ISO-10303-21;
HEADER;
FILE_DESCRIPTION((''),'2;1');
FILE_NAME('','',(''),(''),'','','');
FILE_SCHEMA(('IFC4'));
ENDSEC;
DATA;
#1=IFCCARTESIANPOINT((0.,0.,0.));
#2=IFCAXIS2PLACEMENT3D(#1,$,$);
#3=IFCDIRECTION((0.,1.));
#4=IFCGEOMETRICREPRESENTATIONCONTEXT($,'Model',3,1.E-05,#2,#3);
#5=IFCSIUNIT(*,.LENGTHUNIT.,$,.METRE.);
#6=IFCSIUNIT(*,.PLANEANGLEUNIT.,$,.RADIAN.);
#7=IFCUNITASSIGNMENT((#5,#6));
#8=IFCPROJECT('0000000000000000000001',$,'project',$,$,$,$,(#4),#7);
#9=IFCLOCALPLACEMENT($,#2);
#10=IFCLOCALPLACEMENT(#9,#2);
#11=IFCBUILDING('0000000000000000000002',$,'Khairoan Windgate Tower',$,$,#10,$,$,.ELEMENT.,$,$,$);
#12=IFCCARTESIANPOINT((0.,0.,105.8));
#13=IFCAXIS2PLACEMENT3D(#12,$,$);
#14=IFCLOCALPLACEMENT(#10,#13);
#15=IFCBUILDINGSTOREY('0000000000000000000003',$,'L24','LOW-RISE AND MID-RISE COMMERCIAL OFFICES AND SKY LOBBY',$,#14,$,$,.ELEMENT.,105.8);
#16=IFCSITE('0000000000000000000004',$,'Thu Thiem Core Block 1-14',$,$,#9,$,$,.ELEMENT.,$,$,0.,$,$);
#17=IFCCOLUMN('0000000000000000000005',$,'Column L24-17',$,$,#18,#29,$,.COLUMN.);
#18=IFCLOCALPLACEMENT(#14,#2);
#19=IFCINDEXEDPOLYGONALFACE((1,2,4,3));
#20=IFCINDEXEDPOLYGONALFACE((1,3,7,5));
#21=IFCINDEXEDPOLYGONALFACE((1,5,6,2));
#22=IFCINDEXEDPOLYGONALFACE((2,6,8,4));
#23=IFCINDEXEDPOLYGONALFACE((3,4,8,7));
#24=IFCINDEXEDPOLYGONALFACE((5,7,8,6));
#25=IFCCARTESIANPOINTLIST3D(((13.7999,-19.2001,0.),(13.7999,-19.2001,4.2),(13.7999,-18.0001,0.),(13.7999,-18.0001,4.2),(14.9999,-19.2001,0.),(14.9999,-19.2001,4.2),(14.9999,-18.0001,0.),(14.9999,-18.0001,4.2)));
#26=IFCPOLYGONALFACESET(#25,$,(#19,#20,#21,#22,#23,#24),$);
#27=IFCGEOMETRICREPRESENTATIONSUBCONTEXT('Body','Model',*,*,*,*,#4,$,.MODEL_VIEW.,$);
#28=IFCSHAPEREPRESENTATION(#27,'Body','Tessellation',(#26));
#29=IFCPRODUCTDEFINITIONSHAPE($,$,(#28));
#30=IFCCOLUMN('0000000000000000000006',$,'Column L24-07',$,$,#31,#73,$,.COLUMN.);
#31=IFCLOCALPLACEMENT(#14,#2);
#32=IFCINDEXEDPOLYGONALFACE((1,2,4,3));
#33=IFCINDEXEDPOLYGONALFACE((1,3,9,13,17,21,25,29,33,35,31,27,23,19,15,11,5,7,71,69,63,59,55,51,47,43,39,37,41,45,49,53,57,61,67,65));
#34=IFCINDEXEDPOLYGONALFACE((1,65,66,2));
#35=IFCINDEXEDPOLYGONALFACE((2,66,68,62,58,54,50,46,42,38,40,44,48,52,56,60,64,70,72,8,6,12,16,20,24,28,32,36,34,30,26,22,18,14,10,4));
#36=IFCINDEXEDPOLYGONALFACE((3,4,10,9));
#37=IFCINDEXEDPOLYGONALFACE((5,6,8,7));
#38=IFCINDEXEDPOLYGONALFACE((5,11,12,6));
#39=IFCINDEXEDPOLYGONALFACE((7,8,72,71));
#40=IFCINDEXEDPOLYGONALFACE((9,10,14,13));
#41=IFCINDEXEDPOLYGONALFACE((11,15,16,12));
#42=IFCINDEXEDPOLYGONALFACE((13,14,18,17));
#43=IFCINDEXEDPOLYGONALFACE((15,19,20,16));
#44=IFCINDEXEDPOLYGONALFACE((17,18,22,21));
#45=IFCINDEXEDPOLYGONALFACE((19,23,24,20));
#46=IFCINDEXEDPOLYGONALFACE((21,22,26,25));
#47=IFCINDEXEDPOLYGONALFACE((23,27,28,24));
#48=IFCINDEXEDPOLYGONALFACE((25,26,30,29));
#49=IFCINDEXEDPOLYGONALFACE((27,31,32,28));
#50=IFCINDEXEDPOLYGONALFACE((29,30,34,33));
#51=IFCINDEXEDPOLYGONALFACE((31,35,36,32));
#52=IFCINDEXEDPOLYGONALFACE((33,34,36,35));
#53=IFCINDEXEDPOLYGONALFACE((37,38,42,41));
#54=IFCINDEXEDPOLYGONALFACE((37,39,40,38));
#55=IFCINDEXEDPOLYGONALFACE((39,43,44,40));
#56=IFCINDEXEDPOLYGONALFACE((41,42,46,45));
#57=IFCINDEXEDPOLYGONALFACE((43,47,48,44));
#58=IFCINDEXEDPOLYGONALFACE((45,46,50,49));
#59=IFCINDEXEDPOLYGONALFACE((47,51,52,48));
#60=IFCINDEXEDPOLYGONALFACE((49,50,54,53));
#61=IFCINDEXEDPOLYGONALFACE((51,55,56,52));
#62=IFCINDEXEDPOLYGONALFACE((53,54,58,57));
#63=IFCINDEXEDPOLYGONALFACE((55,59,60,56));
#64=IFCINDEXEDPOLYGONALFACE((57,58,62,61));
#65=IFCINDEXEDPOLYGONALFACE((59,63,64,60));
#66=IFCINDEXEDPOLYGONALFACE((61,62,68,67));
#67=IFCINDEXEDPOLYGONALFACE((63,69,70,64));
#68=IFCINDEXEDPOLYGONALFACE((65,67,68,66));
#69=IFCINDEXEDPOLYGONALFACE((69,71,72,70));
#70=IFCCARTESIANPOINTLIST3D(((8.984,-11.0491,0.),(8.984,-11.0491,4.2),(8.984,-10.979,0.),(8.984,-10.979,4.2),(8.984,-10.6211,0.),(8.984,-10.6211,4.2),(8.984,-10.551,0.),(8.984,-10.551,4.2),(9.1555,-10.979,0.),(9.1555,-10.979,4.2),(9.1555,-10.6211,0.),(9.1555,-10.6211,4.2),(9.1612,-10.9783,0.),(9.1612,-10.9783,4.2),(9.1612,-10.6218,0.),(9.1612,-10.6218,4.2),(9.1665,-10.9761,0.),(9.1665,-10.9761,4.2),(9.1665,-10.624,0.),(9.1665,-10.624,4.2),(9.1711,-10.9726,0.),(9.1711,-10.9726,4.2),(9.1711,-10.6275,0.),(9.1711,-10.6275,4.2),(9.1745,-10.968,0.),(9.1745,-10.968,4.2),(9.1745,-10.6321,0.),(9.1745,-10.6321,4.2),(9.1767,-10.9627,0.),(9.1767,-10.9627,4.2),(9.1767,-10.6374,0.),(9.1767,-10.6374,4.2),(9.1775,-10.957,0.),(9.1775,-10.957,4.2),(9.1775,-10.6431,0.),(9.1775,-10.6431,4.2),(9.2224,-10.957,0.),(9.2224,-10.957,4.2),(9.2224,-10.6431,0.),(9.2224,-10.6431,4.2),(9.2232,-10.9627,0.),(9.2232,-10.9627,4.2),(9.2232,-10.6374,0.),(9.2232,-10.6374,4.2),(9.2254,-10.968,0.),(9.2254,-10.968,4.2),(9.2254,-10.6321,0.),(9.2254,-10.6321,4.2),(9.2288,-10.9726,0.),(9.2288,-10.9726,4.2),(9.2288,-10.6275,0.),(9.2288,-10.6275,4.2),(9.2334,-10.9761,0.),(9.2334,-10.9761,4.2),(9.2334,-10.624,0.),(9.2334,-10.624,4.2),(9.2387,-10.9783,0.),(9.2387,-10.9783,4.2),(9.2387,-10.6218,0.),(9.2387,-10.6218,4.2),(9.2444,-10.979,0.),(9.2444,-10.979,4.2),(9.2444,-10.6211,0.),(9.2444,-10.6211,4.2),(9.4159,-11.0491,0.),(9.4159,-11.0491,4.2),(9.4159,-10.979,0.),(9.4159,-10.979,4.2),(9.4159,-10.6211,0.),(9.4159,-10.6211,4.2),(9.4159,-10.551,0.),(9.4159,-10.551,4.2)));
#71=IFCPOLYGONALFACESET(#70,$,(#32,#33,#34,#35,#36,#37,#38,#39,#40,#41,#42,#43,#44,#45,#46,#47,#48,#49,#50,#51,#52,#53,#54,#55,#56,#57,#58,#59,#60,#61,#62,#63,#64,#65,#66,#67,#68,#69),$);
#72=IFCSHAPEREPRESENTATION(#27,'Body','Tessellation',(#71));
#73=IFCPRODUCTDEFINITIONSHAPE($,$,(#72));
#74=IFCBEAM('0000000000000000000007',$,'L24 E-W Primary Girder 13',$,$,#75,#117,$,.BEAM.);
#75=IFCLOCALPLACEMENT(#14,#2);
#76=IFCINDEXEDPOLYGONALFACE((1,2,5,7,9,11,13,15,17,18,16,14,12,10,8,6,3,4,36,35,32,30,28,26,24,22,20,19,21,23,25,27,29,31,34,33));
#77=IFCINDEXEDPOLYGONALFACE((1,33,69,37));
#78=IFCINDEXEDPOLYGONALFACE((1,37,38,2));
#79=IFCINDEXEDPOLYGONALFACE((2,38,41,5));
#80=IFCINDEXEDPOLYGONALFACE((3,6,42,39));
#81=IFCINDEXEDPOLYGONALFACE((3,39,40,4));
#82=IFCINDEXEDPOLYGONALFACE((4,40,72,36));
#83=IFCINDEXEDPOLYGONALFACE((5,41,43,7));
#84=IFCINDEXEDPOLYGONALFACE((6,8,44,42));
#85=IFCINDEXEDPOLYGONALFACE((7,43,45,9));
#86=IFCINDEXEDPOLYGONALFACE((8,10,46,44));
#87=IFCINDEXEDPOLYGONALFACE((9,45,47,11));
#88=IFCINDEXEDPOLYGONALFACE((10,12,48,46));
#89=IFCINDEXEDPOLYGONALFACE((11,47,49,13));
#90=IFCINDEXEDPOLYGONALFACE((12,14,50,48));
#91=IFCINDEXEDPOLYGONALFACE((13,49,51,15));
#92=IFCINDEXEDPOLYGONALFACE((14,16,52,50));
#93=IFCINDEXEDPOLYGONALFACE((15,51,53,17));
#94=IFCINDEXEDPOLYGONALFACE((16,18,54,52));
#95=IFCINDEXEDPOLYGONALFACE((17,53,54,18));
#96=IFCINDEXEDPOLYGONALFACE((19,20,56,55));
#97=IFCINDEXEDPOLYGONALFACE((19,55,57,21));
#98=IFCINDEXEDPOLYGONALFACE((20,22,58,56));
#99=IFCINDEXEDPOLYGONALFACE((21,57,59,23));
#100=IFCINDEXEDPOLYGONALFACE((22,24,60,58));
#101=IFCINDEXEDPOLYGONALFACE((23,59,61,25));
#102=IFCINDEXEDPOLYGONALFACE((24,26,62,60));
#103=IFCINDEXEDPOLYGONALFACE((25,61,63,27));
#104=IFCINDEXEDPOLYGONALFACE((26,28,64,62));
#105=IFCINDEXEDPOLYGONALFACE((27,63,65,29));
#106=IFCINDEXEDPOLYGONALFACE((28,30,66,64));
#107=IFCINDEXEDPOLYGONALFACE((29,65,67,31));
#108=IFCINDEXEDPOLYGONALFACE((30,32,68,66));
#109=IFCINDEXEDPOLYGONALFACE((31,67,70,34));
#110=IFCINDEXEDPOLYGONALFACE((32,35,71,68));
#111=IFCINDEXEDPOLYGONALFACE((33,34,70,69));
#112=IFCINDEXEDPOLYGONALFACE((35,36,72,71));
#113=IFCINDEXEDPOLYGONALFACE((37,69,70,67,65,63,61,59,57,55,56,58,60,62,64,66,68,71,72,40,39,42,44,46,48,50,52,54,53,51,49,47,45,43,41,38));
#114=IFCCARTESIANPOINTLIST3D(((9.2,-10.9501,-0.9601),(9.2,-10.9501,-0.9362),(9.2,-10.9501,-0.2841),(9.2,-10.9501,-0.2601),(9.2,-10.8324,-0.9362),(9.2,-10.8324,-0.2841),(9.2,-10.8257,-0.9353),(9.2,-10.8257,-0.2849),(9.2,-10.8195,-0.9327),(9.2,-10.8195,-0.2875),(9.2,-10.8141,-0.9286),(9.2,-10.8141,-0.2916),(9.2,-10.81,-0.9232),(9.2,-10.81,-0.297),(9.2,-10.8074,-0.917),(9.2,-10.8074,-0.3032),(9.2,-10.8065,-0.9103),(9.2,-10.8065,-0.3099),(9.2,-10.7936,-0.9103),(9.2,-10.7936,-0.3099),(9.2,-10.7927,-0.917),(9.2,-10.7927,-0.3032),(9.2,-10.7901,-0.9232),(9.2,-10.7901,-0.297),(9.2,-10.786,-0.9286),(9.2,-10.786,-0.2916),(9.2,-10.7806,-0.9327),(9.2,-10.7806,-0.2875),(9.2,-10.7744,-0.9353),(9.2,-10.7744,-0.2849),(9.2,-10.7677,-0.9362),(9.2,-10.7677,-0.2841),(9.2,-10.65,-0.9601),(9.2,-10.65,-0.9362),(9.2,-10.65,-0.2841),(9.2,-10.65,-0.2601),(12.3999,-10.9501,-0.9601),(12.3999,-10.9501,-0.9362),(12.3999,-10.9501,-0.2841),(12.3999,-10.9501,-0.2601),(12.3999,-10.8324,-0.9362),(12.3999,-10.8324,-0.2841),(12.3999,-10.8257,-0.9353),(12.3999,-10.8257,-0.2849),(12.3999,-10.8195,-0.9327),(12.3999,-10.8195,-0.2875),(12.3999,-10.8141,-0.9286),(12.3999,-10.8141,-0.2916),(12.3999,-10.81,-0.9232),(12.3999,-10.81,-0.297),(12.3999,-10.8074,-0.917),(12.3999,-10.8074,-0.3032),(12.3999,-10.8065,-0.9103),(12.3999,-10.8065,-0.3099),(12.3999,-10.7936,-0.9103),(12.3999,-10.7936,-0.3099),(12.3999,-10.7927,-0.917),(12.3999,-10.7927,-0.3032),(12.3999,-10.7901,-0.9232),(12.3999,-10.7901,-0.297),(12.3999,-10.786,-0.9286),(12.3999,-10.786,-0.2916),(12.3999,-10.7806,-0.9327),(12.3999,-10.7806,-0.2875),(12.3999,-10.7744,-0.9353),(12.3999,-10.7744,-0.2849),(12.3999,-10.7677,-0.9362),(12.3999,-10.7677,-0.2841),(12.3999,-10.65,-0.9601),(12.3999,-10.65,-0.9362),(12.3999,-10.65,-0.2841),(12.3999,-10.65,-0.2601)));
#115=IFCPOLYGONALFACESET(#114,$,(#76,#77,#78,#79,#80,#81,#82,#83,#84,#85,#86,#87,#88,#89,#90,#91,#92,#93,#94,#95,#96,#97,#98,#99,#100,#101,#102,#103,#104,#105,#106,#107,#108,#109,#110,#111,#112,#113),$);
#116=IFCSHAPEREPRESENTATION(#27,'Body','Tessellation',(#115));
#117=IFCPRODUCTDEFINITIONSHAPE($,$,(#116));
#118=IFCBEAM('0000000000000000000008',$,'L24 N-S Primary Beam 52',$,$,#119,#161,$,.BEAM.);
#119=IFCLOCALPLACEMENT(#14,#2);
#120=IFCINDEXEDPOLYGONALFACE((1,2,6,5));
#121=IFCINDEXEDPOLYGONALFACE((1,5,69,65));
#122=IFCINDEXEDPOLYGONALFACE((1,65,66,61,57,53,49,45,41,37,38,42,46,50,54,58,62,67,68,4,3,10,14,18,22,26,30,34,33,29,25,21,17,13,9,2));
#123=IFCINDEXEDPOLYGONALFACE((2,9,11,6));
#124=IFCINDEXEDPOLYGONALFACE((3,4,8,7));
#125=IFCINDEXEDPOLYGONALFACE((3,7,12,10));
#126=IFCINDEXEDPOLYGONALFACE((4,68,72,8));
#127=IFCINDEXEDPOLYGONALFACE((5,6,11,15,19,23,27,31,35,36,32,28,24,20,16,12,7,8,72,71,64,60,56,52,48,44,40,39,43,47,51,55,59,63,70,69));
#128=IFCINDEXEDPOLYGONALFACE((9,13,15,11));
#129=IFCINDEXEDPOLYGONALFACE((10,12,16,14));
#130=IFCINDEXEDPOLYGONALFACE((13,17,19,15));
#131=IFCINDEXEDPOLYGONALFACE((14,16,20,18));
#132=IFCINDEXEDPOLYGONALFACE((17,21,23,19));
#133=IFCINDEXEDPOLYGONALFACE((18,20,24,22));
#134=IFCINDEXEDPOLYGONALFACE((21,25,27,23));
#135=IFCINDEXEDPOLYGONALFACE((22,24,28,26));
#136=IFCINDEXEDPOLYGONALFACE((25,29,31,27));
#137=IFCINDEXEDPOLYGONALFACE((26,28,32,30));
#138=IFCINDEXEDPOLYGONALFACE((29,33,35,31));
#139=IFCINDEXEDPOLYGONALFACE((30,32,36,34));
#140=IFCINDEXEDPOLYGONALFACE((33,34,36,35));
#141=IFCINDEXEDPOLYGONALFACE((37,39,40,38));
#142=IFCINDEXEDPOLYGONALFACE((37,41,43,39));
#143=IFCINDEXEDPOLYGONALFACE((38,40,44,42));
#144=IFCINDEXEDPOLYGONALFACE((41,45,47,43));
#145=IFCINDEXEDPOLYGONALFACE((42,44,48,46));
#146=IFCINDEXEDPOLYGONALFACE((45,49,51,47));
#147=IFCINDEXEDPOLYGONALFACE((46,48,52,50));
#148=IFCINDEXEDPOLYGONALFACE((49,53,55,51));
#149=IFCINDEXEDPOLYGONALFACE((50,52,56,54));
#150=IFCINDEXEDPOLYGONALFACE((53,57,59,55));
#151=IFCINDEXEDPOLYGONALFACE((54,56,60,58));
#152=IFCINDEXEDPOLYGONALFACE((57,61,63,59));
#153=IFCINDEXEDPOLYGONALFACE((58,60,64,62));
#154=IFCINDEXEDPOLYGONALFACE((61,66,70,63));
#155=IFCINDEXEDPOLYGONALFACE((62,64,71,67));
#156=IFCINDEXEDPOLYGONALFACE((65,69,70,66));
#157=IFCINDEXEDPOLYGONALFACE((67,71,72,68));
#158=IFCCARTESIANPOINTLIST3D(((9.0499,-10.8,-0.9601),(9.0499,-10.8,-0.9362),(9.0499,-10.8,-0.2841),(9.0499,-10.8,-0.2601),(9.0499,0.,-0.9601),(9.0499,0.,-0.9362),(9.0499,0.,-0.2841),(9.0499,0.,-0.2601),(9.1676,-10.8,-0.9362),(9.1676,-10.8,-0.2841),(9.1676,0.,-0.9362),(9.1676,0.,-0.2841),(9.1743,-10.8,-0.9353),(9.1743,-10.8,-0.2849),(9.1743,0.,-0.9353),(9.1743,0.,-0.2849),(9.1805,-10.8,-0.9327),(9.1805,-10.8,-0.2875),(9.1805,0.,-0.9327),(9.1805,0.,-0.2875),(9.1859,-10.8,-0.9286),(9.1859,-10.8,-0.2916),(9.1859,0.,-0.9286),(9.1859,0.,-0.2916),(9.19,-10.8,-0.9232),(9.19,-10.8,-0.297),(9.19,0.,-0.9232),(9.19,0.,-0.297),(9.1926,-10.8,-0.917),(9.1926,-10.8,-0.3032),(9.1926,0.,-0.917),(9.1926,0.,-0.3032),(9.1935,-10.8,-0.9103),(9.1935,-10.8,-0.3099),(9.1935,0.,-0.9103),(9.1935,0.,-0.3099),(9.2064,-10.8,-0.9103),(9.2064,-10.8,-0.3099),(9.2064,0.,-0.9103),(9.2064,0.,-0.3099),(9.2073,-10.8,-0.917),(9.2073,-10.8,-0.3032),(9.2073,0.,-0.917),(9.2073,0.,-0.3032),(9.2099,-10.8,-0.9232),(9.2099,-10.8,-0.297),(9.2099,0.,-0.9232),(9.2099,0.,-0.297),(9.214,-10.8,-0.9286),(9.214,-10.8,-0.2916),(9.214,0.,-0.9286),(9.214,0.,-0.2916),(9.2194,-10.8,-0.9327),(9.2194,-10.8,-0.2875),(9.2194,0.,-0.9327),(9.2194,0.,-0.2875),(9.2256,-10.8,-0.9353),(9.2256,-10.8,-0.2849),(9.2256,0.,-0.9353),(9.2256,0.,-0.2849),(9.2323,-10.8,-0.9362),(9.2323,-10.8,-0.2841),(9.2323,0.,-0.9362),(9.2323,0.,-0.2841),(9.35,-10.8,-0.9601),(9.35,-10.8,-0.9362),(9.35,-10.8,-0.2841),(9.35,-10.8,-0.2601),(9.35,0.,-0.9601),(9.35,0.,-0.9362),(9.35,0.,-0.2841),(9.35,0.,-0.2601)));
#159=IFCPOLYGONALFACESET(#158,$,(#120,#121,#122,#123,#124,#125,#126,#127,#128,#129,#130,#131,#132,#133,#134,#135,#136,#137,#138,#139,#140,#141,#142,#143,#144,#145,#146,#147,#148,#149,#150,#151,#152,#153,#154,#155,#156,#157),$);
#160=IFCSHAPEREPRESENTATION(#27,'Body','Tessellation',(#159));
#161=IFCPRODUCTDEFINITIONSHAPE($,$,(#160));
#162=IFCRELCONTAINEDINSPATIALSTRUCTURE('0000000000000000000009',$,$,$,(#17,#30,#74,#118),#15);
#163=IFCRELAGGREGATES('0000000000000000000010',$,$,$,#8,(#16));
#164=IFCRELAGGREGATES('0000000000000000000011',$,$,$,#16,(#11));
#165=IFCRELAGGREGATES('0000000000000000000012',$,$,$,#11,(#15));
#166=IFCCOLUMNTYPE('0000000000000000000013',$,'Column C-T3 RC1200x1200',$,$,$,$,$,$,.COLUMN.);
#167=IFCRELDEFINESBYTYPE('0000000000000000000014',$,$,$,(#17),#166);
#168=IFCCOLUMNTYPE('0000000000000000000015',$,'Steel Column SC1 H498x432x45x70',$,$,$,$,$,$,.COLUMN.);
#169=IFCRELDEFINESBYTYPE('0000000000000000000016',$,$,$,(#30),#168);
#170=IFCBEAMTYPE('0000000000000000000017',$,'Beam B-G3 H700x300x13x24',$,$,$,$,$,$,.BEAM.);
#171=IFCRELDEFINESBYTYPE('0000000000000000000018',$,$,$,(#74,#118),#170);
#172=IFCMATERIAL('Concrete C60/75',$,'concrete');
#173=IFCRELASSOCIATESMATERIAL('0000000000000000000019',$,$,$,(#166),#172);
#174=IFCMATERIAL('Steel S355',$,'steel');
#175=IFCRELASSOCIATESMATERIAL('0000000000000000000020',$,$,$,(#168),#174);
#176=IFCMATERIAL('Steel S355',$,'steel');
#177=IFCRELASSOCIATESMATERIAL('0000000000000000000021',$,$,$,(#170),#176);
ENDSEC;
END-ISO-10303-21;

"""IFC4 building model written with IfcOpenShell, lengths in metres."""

from ifc_helpers import new_model, si_unit, direction, frame, origin, origin_2d, place, context, subcontext, project, spatial, rectangle, i_section, extrude, material, material_profile, profile_set, type_object, element, save


model = new_model("IFC4")

# Units and contexts
model_context = context("Model", 3, precision=1e-05, world=origin(), true_north=direction((0.0, 1.0)))
body_context = subcontext(model_context, "Body", "Model", "MODEL_VIEW")
ifc_project = project(units=[si_unit("LENGTHUNIT", "METRE"), si_unit("PLANEANGLEUNIT", "RADIAN")], contexts=[model_context])

# Site, building, storey
site_placement = place(None, origin())
site = spatial("IfcSite", under=ifc_project, at=site_placement, Name="Thu Thiem Core Block 1-14", CompositionType="ELEMENT", RefElevation=0.0)
building_placement = place(site_placement, origin())
building = spatial("IfcBuilding", under=site, at=building_placement, Name="Khairoan Windgate Tower", CompositionType="ELEMENT")
storey_placement = place(building_placement, frame((0.0, 0.0, 105.8)))
storey = spatial("IfcBuildingStorey", under=building, at=storey_placement, Name="L24", Description="LOW-RISE AND MID-RISE COMMERCIAL OFFICES AND SKY LOBBY", CompositionType="ELEMENT", Elevation=105.8)

# Columns
ifc_material_1 = material(Name="Concrete C60/75", Category="concrete")
ifc_material_profile_1 = material_profile(ifc_material_1, rectangle(XDim=1.2, YDim=1.2, at=origin_2d()))
ifc_profile_set_1 = profile_set([ifc_material_profile_1], Name="Concrete C60/75")
column_type_1 = type_object("IfcColumnType", Name="Column C-T3 RC1200x1200", PredefinedType="COLUMN", material=ifc_profile_set_1)
column_1_placement = place(storey_placement, frame((14.3999, -18.6001, 0.0), z_axis=(0.0, 0.0, 1.0), x_axis=(1.0, 0.0, 0.0)))
element("IfcColumn", 1, at=column_1_placement, inside=storey, type_object=column_type_1, Name="Column L24-17", PredefinedType="COLUMN", context=body_context, shape_type="SweptSolid", body=[
    extrude(rectangle(XDim=1.2, YDim=1.2, at=origin_2d()), origin(), (0.0, 0.0, 1.0), 4.2),
])
ifc_material_2 = material(Name="Steel S355", Category="steel")
ifc_material_profile_2 = material_profile(ifc_material_2, i_section(OverallWidth=0.4319, OverallDepth=0.498, WebThickness=0.0449, FlangeThickness=0.0701, FilletRadius=0.022, at=origin_2d()))
ifc_profile_set_2 = profile_set([ifc_material_profile_2], Name="Steel S355")
column_type_2 = type_object("IfcColumnType", Name="Steel Column SC1 H498x432x45x70", PredefinedType="COLUMN", material=ifc_profile_set_2)
column_2_placement = place(storey_placement, frame((9.2, -10.8, 0.0), z_axis=(0.0, 0.0, 1.0), x_axis=(1.0, 0.0, 0.0)))
element("IfcColumn", 2, at=column_2_placement, inside=storey, type_object=column_type_2, Name="Column L24-07", PredefinedType="COLUMN", context=body_context, shape_type="SweptSolid", body=[
    extrude(i_section(OverallWidth=0.4319, OverallDepth=0.498, WebThickness=0.0449, FlangeThickness=0.0701, FilletRadius=0.022, at=origin_2d()), origin(), (0.0, 0.0, 1.0), 4.2),
])

# Beams
ifc_material_3 = material(Name="Steel S355", Category="steel")
ifc_material_profile_3 = material_profile(ifc_material_3, i_section(OverallWidth=0.3, OverallDepth=0.7, WebThickness=0.0129, FlangeThickness=0.0239, FilletRadius=0.0259, at=origin_2d()))
ifc_profile_set_3 = profile_set([ifc_material_profile_3], Name="Steel S355")
beam_type_1 = type_object("IfcBeamType", Name="Beam B-G3 H700x300x13x24", PredefinedType="BEAM", material=ifc_profile_set_3)
beam_1_placement = place(storey_placement, frame((9.2, -10.8, -0.6101), z_axis=(1.0, 0.0, 0.0), x_axis=(0.0, 1.0, 0.0)))
element("IfcBeam", 3, at=beam_1_placement, inside=storey, type_object=beam_type_1, Name="L24 E-W Primary Girder 13", PredefinedType="BEAM", context=body_context, shape_type="SweptSolid", body=[
    extrude(i_section(OverallWidth=0.3, OverallDepth=0.7, WebThickness=0.0129, FlangeThickness=0.0239, FilletRadius=0.0259, at=origin_2d()), origin(), (0.0, 0.0, 1.0), 3.2),
])
beam_2_placement = place(storey_placement, frame((9.2, -10.8, -0.6101), z_axis=(0.0, 1.0, 0.0), x_axis=(-1.0, 0.0, 0.0)))
element("IfcBeam", 4, at=beam_2_placement, inside=storey, type_object=beam_type_1, Name="L24 N-S Primary Beam 52", PredefinedType="BEAM", context=body_context, shape_type="SweptSolid", body=[
    extrude(i_section(OverallWidth=0.3, OverallDepth=0.7, WebThickness=0.0129, FlangeThickness=0.0239, FilletRadius=0.0259, at=origin_2d()), origin(), (0.0, 0.0, 1.0), 10.8),
])

save(model, "model.ifc")
